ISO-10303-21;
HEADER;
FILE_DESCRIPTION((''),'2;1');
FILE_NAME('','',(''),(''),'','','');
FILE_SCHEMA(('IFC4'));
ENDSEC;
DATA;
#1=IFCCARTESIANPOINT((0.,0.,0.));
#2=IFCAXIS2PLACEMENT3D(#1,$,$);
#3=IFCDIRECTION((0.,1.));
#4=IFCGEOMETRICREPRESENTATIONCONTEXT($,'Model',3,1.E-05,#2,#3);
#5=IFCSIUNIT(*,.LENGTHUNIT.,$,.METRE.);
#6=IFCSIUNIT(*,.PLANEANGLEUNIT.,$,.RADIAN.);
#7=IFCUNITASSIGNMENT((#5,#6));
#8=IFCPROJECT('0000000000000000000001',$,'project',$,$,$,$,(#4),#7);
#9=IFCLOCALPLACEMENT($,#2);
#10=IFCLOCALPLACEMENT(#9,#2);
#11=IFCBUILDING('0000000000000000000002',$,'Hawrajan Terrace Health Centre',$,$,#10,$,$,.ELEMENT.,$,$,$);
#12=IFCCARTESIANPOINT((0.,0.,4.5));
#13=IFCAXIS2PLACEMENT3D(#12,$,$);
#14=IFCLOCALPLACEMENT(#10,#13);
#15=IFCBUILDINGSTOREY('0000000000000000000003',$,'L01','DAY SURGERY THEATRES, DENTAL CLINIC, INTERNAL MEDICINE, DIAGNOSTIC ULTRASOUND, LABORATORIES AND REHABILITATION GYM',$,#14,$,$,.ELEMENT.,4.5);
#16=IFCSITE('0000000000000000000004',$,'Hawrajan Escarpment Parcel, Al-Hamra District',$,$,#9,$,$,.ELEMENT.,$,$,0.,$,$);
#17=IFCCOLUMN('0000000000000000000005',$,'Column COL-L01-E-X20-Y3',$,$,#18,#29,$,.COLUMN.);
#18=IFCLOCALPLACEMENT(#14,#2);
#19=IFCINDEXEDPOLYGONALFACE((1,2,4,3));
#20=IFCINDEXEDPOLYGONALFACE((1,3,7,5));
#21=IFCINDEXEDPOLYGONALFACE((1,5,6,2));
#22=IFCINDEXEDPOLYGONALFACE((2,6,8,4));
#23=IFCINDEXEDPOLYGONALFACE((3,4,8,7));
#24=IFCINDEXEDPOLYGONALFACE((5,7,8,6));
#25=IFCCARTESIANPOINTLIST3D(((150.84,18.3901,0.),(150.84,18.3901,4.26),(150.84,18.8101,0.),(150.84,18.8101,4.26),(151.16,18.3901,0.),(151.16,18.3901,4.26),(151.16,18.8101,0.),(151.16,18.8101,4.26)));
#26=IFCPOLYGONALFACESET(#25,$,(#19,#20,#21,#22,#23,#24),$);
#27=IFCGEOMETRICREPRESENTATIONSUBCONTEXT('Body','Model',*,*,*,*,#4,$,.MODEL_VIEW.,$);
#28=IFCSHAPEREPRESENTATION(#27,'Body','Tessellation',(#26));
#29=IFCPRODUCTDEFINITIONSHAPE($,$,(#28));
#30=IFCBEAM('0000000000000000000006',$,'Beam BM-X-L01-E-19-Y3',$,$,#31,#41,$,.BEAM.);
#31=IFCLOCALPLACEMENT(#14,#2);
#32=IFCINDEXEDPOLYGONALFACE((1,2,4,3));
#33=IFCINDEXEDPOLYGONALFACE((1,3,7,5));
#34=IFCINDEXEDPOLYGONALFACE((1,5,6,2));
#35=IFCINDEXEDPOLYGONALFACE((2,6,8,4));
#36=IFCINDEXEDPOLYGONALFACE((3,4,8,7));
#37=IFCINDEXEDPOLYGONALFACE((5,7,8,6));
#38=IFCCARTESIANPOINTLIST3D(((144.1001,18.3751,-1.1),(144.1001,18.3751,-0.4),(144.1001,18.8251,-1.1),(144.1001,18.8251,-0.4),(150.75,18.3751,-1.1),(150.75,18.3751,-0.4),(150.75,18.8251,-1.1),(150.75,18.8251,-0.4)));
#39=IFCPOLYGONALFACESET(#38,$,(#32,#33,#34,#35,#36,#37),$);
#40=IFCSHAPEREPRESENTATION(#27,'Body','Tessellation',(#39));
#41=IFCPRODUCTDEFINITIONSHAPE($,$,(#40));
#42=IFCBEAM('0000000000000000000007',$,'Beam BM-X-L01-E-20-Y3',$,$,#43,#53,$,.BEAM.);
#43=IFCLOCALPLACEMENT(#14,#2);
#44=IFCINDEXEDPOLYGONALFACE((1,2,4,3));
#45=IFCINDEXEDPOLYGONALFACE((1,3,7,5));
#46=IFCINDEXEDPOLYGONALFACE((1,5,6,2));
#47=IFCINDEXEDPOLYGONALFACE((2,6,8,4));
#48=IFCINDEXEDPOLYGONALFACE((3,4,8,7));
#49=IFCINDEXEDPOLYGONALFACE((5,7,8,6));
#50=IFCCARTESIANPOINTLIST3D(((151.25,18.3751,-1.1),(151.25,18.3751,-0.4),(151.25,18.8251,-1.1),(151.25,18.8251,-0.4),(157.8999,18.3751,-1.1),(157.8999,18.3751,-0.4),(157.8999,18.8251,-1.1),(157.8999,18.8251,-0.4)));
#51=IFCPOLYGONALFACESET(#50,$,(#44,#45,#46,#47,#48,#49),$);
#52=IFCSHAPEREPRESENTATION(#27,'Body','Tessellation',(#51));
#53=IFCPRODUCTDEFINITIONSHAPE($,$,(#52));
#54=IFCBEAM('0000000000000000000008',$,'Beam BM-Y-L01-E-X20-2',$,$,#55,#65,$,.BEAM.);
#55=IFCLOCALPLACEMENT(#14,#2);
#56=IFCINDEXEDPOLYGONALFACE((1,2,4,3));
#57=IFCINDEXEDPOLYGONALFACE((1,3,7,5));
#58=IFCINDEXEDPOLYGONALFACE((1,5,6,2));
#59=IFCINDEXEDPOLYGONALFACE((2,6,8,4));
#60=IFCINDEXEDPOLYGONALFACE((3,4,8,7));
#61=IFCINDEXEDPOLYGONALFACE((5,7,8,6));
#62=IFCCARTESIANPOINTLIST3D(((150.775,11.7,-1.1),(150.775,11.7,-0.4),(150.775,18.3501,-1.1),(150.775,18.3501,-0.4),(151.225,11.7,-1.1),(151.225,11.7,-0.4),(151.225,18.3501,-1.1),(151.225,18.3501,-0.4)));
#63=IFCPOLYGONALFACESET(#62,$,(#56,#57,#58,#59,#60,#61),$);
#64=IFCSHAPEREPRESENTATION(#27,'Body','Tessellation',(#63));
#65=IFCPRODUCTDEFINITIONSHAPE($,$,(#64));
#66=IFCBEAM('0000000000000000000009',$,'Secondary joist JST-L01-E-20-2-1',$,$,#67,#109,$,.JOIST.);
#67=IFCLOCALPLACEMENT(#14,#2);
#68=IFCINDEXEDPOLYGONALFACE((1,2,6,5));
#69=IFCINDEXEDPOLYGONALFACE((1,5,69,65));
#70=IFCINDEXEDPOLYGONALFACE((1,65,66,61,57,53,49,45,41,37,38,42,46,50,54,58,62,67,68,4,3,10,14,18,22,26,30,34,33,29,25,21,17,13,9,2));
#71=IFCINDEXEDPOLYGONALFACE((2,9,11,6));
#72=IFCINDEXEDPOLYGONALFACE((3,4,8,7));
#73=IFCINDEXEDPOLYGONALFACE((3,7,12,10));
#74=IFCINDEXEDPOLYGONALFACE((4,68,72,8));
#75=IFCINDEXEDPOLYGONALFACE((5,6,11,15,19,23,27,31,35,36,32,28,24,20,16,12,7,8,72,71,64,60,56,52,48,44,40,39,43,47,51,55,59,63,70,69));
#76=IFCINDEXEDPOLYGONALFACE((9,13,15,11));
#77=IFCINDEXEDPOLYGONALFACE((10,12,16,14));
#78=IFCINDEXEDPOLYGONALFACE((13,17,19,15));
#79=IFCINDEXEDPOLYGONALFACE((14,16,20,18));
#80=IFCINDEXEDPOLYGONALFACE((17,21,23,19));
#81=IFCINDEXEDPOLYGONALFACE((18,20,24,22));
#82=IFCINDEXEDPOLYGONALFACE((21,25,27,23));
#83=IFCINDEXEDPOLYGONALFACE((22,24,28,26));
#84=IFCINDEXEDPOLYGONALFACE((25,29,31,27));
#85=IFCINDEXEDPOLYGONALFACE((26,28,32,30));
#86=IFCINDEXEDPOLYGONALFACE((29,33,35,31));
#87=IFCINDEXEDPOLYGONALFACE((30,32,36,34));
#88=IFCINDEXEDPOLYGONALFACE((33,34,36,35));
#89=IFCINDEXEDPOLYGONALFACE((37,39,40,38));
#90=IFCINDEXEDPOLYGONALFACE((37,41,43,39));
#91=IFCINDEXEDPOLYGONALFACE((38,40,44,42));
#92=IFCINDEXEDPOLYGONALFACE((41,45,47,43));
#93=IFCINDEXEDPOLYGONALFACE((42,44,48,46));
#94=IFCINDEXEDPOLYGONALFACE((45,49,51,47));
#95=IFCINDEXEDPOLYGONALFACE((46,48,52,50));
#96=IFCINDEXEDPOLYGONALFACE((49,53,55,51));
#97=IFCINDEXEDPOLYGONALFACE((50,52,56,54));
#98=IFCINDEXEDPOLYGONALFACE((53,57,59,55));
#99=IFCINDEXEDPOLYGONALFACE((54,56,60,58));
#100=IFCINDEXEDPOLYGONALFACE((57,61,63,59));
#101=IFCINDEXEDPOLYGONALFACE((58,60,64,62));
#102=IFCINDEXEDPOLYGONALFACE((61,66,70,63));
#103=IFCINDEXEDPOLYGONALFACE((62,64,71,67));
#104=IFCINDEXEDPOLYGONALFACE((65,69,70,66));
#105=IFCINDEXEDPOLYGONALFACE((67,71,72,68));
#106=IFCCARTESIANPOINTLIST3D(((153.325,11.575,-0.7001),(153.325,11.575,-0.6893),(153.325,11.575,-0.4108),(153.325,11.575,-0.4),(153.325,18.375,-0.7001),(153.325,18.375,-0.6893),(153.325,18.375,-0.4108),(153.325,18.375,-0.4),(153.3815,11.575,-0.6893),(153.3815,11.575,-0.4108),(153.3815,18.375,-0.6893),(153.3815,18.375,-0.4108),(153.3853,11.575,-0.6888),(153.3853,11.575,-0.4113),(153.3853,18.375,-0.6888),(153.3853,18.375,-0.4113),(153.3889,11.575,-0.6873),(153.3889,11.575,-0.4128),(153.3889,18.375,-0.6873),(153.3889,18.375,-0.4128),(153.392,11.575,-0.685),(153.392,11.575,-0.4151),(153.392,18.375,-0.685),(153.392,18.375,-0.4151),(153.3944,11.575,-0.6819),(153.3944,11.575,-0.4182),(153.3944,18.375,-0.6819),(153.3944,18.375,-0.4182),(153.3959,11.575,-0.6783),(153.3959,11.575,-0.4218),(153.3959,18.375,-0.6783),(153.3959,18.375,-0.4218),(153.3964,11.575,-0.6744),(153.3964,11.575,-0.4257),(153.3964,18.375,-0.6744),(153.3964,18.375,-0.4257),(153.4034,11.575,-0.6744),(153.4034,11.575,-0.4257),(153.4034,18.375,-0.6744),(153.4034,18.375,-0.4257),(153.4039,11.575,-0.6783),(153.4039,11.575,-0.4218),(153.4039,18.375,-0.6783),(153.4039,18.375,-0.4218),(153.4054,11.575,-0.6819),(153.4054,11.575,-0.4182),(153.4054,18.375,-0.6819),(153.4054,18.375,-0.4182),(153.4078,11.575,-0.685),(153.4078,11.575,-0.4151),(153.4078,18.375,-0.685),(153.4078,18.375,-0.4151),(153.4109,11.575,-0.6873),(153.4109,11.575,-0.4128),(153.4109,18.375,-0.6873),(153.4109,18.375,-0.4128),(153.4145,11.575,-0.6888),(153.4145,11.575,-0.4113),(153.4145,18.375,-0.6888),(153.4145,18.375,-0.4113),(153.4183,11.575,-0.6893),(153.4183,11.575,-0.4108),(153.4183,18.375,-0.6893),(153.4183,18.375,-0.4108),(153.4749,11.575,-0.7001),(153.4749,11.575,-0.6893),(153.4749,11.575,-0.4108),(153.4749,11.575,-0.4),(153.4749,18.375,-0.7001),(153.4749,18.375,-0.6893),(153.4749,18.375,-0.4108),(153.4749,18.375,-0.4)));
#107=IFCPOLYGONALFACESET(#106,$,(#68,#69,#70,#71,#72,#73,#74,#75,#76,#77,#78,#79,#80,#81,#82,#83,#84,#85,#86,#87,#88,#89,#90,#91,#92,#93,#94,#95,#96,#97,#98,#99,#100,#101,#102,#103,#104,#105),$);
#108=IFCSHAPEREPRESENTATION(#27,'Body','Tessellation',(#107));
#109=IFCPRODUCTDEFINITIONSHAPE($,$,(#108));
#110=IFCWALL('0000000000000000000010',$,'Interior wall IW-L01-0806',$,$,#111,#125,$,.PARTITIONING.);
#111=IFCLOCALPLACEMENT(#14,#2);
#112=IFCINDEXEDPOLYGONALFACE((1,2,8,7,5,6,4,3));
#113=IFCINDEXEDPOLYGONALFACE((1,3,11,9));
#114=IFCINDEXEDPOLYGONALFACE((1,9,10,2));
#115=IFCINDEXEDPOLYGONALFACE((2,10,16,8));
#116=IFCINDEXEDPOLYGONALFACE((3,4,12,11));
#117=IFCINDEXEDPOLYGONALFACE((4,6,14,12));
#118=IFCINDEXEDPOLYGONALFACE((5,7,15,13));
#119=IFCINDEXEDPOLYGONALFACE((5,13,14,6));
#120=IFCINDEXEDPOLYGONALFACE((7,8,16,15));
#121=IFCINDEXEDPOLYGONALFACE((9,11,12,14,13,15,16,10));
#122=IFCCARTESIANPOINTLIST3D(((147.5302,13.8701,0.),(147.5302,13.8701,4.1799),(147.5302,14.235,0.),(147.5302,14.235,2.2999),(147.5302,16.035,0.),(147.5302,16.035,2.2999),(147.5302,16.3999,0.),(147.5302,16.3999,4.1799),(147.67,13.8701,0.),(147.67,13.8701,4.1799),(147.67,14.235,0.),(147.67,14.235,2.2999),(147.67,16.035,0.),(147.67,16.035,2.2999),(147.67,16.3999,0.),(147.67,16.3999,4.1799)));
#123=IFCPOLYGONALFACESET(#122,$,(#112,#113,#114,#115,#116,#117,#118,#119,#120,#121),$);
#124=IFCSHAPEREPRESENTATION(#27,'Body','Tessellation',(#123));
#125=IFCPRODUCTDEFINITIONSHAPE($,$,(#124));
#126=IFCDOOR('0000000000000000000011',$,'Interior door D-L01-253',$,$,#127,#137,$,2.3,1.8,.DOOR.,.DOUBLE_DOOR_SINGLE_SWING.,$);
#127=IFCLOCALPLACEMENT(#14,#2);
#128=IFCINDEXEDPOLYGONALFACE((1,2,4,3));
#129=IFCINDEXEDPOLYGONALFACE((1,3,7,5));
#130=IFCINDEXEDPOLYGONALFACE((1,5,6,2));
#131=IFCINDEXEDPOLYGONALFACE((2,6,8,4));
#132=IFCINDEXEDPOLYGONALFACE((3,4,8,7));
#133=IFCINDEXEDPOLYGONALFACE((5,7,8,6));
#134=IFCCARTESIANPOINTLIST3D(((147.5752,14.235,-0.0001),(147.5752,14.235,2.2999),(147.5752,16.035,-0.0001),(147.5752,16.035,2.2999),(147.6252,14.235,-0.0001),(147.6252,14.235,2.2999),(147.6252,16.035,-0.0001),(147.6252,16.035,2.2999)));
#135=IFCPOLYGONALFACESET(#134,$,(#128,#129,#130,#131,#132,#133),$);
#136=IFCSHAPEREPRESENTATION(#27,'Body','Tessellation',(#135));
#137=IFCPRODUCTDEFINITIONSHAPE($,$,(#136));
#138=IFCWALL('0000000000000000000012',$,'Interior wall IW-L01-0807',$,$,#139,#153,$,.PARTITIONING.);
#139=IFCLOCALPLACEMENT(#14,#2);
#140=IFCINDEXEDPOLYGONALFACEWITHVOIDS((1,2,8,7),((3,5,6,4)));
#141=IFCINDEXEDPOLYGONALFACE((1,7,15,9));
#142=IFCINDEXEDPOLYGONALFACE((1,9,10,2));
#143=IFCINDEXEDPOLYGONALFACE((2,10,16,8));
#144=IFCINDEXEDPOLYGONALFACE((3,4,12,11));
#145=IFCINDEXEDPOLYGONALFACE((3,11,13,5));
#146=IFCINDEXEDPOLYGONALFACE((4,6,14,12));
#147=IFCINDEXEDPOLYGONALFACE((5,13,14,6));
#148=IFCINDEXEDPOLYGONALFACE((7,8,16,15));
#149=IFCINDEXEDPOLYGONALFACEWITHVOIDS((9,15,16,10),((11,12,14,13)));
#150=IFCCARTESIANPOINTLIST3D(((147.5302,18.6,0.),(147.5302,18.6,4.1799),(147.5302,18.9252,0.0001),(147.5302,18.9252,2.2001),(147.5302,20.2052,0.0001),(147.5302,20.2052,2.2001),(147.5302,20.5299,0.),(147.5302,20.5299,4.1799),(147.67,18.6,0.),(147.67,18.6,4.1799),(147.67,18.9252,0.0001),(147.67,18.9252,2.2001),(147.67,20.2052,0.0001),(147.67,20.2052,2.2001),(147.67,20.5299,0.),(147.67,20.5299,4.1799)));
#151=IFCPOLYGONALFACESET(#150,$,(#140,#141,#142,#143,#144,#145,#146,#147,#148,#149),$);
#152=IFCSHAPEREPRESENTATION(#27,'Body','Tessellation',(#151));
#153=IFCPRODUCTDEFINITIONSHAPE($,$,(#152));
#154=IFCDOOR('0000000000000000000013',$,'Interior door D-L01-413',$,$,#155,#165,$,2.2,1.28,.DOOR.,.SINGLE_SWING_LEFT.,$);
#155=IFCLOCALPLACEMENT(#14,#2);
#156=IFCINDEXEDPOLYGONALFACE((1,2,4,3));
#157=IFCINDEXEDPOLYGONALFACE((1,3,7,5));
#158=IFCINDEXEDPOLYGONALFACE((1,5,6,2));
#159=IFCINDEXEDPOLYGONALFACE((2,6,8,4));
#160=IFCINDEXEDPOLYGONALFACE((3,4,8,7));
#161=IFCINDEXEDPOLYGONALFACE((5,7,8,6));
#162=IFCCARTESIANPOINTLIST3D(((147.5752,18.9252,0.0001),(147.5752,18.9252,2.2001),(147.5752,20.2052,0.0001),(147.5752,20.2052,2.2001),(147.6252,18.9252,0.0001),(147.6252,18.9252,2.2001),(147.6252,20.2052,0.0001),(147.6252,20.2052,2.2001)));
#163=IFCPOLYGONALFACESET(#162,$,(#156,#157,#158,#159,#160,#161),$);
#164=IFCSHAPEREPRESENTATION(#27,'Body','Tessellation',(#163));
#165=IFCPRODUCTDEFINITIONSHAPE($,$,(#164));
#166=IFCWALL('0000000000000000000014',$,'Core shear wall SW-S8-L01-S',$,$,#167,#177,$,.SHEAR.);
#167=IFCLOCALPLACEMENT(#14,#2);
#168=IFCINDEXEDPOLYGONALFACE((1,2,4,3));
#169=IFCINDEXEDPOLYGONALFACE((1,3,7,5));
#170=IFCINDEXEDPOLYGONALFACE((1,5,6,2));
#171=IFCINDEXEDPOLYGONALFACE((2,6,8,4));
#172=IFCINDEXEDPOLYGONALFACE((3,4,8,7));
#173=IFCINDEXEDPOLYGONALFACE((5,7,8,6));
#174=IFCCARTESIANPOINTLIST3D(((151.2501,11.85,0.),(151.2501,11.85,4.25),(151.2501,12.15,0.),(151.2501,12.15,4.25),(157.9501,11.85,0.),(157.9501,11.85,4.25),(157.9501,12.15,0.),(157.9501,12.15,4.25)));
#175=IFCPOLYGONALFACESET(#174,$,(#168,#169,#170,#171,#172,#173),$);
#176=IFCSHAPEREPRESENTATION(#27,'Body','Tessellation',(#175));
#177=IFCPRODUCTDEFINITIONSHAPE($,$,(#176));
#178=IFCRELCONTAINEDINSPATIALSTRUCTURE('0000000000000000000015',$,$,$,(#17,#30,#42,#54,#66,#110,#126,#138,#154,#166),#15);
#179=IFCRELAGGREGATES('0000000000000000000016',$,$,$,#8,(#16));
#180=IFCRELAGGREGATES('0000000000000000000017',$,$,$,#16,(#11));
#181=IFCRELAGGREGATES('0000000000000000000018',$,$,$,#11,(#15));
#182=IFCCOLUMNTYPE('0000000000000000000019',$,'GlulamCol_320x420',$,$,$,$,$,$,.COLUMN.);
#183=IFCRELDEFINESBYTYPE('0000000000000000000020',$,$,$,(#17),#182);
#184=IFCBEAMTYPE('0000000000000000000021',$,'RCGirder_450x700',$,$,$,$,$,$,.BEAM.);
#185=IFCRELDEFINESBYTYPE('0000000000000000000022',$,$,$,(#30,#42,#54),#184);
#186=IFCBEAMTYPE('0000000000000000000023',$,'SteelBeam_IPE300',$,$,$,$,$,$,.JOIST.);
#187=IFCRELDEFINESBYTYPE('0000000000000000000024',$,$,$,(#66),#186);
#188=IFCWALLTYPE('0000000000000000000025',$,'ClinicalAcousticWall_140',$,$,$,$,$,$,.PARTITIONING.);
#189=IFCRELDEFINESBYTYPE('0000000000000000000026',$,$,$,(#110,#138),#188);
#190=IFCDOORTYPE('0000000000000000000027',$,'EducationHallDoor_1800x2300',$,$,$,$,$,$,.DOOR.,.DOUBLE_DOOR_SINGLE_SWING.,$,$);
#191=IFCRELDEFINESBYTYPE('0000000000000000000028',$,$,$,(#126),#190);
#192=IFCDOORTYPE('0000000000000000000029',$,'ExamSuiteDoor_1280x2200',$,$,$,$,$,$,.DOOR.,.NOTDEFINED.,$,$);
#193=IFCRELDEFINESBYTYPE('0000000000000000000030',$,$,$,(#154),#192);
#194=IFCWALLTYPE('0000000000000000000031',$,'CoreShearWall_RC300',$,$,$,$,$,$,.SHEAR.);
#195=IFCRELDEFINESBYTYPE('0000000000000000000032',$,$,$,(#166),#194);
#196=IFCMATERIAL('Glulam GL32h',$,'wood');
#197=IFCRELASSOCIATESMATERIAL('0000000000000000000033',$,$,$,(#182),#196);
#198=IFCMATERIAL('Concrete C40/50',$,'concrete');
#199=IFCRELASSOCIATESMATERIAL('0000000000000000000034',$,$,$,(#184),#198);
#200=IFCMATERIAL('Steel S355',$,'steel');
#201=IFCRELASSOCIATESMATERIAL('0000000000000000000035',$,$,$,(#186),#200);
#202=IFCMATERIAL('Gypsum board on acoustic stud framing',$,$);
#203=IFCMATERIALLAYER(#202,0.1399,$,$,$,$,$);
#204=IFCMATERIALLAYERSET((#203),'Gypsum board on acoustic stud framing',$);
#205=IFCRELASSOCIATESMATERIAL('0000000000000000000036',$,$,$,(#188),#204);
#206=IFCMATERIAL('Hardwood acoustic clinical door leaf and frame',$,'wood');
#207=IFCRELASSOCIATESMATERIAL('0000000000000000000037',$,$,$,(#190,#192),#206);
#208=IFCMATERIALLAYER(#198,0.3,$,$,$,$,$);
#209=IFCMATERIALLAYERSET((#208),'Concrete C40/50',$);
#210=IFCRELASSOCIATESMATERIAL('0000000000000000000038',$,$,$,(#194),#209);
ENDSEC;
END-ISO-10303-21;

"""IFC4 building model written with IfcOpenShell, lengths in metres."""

from ifc_helpers import new_model, si_unit, direction, frame, frame_2d, origin, origin_2d, place, context, subcontext, project, spatial, rectangle, i_section, extrude, material, layer, layer_set, material_profile, profile_set, type_object, element, fill, save


model = new_model("IFC4")

# Units and contexts
model_context = context("Model", 3, precision=1e-05, world=origin(), true_north=direction((0.0, 1.0)))
body_context = subcontext(model_context, "Body", "Model", "MODEL_VIEW")
ifc_project = project(units=[si_unit("LENGTHUNIT", "METRE"), si_unit("PLANEANGLEUNIT", "RADIAN")], contexts=[model_context])

# Site, building, storey
site_placement = place(None, origin())
site = spatial("IfcSite", under=ifc_project, at=site_placement, Name="Hawrajan Escarpment Parcel, Al-Hamra District", CompositionType="ELEMENT", RefElevation=0.0)
building_placement = place(site_placement, origin())
building = spatial("IfcBuilding", under=site, at=building_placement, Name="Hawrajan Terrace Health Centre", CompositionType="ELEMENT")
storey_placement = place(building_placement, frame((0.0, 0.0, 4.5)))
storey = spatial("IfcBuildingStorey", under=building, at=storey_placement, Name="L01", Description="DAY SURGERY THEATRES, DENTAL CLINIC, INTERNAL MEDICINE, DIAGNOSTIC ULTRASOUND, LABORATORIES AND REHABILITATION GYM", CompositionType="ELEMENT", Elevation=4.5)

# Column
ifc_material_1 = material(Name="Glulam GL32h", Category="wood")
ifc_material_profile_1 = material_profile(ifc_material_1, rectangle(XDim=0.3201, YDim=0.4199, at=origin_2d()), Name="GL 320x420")
ifc_profile_set_1 = profile_set([ifc_material_profile_1], Name="Glulam GL32h")
column_type = type_object("IfcColumnType", Name="GlulamCol_320x420", PredefinedType="COLUMN", material=ifc_profile_set_1)
column_placement = place(storey_placement, frame((151.0, 18.6001, 0.0), z_axis=(0.0, 0.0, 1.0), x_axis=(1.0, 0.0, 0.0)))
element("IfcColumn", 1, at=column_placement, inside=storey, type_object=column_type, Name="Column COL-L01-E-X20-Y3", PredefinedType="COLUMN", context=body_context, shape_type="SweptSolid", body=[
    extrude(rectangle(XDim=0.3201, YDim=0.4199, at=origin_2d()), origin(), (0.0, 0.0, 1.0), 4.26),
])

# Beams
ifc_material_2 = material(Name="Concrete C40/50", Category="concrete")
ifc_material_profile_2 = material_profile(ifc_material_2, rectangle(XDim=0.45, YDim=0.7, at=origin_2d()), Name="RC BM 450x700")
ifc_profile_set_2 = profile_set([ifc_material_profile_2], Name="Concrete C40/50")
beam_type_1 = type_object("IfcBeamType", Name="RCGirder_450x700", PredefinedType="BEAM", material=ifc_profile_set_2)
for number, where, z_axis, x_axis, name in (
    (2, (144.1001, 18.6001, -0.75), (1.0, 0.0, 0.0), (0.0, 1.0, 0.0), "Beam BM-X-L01-E-19-Y3"),
    (3, (151.25, 18.6001, -0.75), (1.0, 0.0, 0.0), (0.0, 1.0, 0.0), "Beam BM-X-L01-E-20-Y3"),
):
    element("IfcBeam", number, at=place(storey_placement, frame(where, z_axis=z_axis, x_axis=x_axis)), inside=storey, type_object=beam_type_1, Name=name, PredefinedType="BEAM", context=body_context, shape_type="SweptSolid", body=[
        extrude(rectangle(XDim=0.45, YDim=0.7, at=origin_2d()), origin(), (0.0, 0.0, 1.0), 6.6499),
    ])
beam_1_placement = place(storey_placement, frame((151.0, 11.7, -0.75), z_axis=(0.0, 1.0, 0.0), x_axis=(-1.0, 0.0, 0.0)))
element("IfcBeam", 4, at=beam_1_placement, inside=storey, type_object=beam_type_1, Name="Beam BM-Y-L01-E-X20-2", PredefinedType="BEAM", context=body_context, shape_type="SweptSolid", body=[
    extrude(rectangle(XDim=0.45, YDim=0.7, at=origin_2d()), origin(), (0.0, 0.0, 1.0), 6.6501),
])
ifc_material_3 = material(Name="Steel S355", Category="steel")
ifc_material_profile_3 = material_profile(ifc_material_3, i_section(OverallWidth=0.1499, OverallDepth=0.3, WebThickness=0.0071, FlangeThickness=0.0107, FilletRadius=0.0149, at=origin_2d()), Name="IPE 300")
ifc_profile_set_3 = profile_set([ifc_material_profile_3], Name="Steel S355")
beam_type_2 = type_object("IfcBeamType", Name="SteelBeam_IPE300", PredefinedType="JOIST", material=ifc_profile_set_3)
beam_2_placement = place(storey_placement, frame((153.3999, 11.575, -0.55), z_axis=(0.0, 1.0, 0.0), x_axis=(-1.0, 0.0, 0.0)))
element("IfcBeam", 5, at=beam_2_placement, inside=storey, type_object=beam_type_2, Name="Secondary joist JST-L01-E-20-2-1", PredefinedType="JOIST", context=body_context, shape_type="SweptSolid", body=[
    extrude(i_section(OverallWidth=0.1499, OverallDepth=0.3, WebThickness=0.0071, FlangeThickness=0.0107, FilletRadius=0.0149, at=origin_2d()), origin(), (0.0, 0.0, 1.0), 6.8),
])

# Walls, openings, doors
ifc_material_4 = material(Name="Gypsum board on acoustic stud framing")
ifc_layer_1 = layer(ifc_material_4, 0.1399)
ifc_layer_set_1 = layer_set([ifc_layer_1], Name="Gypsum board on acoustic stud framing")
wall_type_1 = type_object("IfcWallType", Name="ClinicalAcousticWall_140", PredefinedType="PARTITIONING", material=ifc_layer_set_1)
wall_1_placement = place(storey_placement, frame((147.6001, 13.8701, 0.0), z_axis=(0.0, 0.0, 1.0), x_axis=(0.0, 1.0, 0.0)))
wall_1 = element("IfcWall", 6, at=wall_1_placement, inside=storey, type_object=wall_type_1, Name="Interior wall IW-L01-0806", PredefinedType="PARTITIONING", context=body_context, shape_type="SweptSolid", body=[
    extrude(rectangle(XDim=2.5298, YDim=0.1399, at=frame_2d((1.2649, 0.0))), origin(), (0.0, 0.0, 1.0), 4.1799),
])
opening_1_placement = place(wall_1_placement, frame((0.365, 0.0, 0.0)))
opening_1 = element("IfcOpeningElement", 7, at=opening_1_placement, cuts=wall_1, PredefinedType="OPENING", context=body_context, shape_type="SweptSolid", body=[
    extrude(rectangle(XDim=1.8, YDim=2.3, at=frame_2d((0.8999, 1.1499))), frame((0.0, 0.0798, 0.0), z_axis=(0.0, -1.0, 0.0), x_axis=(1.0, 0.0, 0.0)), (0.0, 0.0, 1.0), 0.1599),
])
ifc_material_5 = material(Name="Hardwood acoustic clinical door leaf and frame", Category="wood")
door_type_1 = type_object("IfcDoorType", Name="EducationHallDoor_1800x2300", OperationType="DOUBLE_DOOR_SINGLE_SWING", PredefinedType="DOOR", material=ifc_material_5)
door_1_placement = place(opening_1_placement, origin())
door_1 = element("IfcDoor", 8, at=door_1_placement, inside=storey, type_object=door_type_1, Name="Interior door D-L01-253", OperationType="DOUBLE_DOOR_SINGLE_SWING", OverallHeight=2.3, OverallWidth=1.8, PredefinedType="DOOR", context=body_context, shape_type="SweptSolid", body=[
    extrude(rectangle(XDim=1.8, YDim=2.3, at=frame_2d((0.8999, 1.1499))), frame((0.0, 0.0249, 0.0), z_axis=(0.0, -1.0, 0.0), x_axis=(1.0, 0.0, 0.0)), (0.0, 0.0, 1.0), 0.05),
])
fill(opening_1, door_1)
wall_2_placement = place(storey_placement, frame((147.6001, 18.6001, 0.0), z_axis=(0.0, 0.0, 1.0), x_axis=(0.0, 1.0, 0.0)))
wall_2 = element("IfcWall", 9, at=wall_2_placement, inside=storey, type_object=wall_type_1, Name="Interior wall IW-L01-0807", PredefinedType="PARTITIONING", context=body_context, shape_type="SweptSolid", body=[
    extrude(rectangle(XDim=1.9299, YDim=0.1399, at=frame_2d((0.9648, 0.0))), origin(), (0.0, 0.0, 1.0), 4.1799),
])
opening_2_placement = place(wall_2_placement, frame((0.325, 0.0, 0.0)))
opening_2 = element("IfcOpeningElement", 10, at=opening_2_placement, cuts=wall_2, PredefinedType="OPENING", context=body_context, shape_type="SweptSolid", body=[
    extrude(rectangle(XDim=1.28, YDim=2.2, at=frame_2d((0.6401, 1.1001))), frame((0.0, 0.0798, 0.0), z_axis=(0.0, -1.0, 0.0), x_axis=(1.0, 0.0, 0.0)), (0.0, 0.0, 1.0), 0.1599),
])
door_type_2 = type_object("IfcDoorType", Name="ExamSuiteDoor_1280x2200", OperationType="NOTDEFINED", PredefinedType="DOOR", material=ifc_material_5)
door_2_placement = place(opening_2_placement, origin())
door_2 = element("IfcDoor", 11, at=door_2_placement, inside=storey, type_object=door_type_2, Name="Interior door D-L01-413", OperationType="SINGLE_SWING_LEFT", OverallHeight=2.2, OverallWidth=1.28, PredefinedType="DOOR", context=body_context, shape_type="SweptSolid", body=[
    extrude(rectangle(XDim=1.28, YDim=2.2, at=frame_2d((0.6401, 1.1001))), frame((0.0, 0.0249, 0.0), z_axis=(0.0, -1.0, 0.0), x_axis=(1.0, 0.0, 0.0)), (0.0, 0.0, 1.0), 0.05),
])
fill(opening_2, door_2)

# Wall
ifc_layer_2 = layer(ifc_material_2, 0.3)
ifc_layer_set_2 = layer_set([ifc_layer_2], Name="Concrete C40/50")
wall_type_2 = type_object("IfcWallType", Name="CoreShearWall_RC300", PredefinedType="SHEAR", material=ifc_layer_set_2)
for number, where, z_axis, x_axis, name in (
    (12, (151.25, 12.0, 0.0), (0.0, 0.0, 1.0), (1.0, 0.0, 0.0), "Core shear wall SW-S8-L01-S"),
):
    element("IfcWall", number, at=place(storey_placement, frame(where, z_axis=z_axis, x_axis=x_axis)), inside=storey, type_object=wall_type_2, Name=name, PredefinedType="SHEAR", context=body_context, shape_type="SweptSolid", body=[
        extrude(rectangle(XDim=6.7, YDim=0.3, at=frame_2d((3.3501, 0.0))), origin(), (0.0, 0.0, 1.0), 4.25),
    ])

save(model, "model.ifc")
